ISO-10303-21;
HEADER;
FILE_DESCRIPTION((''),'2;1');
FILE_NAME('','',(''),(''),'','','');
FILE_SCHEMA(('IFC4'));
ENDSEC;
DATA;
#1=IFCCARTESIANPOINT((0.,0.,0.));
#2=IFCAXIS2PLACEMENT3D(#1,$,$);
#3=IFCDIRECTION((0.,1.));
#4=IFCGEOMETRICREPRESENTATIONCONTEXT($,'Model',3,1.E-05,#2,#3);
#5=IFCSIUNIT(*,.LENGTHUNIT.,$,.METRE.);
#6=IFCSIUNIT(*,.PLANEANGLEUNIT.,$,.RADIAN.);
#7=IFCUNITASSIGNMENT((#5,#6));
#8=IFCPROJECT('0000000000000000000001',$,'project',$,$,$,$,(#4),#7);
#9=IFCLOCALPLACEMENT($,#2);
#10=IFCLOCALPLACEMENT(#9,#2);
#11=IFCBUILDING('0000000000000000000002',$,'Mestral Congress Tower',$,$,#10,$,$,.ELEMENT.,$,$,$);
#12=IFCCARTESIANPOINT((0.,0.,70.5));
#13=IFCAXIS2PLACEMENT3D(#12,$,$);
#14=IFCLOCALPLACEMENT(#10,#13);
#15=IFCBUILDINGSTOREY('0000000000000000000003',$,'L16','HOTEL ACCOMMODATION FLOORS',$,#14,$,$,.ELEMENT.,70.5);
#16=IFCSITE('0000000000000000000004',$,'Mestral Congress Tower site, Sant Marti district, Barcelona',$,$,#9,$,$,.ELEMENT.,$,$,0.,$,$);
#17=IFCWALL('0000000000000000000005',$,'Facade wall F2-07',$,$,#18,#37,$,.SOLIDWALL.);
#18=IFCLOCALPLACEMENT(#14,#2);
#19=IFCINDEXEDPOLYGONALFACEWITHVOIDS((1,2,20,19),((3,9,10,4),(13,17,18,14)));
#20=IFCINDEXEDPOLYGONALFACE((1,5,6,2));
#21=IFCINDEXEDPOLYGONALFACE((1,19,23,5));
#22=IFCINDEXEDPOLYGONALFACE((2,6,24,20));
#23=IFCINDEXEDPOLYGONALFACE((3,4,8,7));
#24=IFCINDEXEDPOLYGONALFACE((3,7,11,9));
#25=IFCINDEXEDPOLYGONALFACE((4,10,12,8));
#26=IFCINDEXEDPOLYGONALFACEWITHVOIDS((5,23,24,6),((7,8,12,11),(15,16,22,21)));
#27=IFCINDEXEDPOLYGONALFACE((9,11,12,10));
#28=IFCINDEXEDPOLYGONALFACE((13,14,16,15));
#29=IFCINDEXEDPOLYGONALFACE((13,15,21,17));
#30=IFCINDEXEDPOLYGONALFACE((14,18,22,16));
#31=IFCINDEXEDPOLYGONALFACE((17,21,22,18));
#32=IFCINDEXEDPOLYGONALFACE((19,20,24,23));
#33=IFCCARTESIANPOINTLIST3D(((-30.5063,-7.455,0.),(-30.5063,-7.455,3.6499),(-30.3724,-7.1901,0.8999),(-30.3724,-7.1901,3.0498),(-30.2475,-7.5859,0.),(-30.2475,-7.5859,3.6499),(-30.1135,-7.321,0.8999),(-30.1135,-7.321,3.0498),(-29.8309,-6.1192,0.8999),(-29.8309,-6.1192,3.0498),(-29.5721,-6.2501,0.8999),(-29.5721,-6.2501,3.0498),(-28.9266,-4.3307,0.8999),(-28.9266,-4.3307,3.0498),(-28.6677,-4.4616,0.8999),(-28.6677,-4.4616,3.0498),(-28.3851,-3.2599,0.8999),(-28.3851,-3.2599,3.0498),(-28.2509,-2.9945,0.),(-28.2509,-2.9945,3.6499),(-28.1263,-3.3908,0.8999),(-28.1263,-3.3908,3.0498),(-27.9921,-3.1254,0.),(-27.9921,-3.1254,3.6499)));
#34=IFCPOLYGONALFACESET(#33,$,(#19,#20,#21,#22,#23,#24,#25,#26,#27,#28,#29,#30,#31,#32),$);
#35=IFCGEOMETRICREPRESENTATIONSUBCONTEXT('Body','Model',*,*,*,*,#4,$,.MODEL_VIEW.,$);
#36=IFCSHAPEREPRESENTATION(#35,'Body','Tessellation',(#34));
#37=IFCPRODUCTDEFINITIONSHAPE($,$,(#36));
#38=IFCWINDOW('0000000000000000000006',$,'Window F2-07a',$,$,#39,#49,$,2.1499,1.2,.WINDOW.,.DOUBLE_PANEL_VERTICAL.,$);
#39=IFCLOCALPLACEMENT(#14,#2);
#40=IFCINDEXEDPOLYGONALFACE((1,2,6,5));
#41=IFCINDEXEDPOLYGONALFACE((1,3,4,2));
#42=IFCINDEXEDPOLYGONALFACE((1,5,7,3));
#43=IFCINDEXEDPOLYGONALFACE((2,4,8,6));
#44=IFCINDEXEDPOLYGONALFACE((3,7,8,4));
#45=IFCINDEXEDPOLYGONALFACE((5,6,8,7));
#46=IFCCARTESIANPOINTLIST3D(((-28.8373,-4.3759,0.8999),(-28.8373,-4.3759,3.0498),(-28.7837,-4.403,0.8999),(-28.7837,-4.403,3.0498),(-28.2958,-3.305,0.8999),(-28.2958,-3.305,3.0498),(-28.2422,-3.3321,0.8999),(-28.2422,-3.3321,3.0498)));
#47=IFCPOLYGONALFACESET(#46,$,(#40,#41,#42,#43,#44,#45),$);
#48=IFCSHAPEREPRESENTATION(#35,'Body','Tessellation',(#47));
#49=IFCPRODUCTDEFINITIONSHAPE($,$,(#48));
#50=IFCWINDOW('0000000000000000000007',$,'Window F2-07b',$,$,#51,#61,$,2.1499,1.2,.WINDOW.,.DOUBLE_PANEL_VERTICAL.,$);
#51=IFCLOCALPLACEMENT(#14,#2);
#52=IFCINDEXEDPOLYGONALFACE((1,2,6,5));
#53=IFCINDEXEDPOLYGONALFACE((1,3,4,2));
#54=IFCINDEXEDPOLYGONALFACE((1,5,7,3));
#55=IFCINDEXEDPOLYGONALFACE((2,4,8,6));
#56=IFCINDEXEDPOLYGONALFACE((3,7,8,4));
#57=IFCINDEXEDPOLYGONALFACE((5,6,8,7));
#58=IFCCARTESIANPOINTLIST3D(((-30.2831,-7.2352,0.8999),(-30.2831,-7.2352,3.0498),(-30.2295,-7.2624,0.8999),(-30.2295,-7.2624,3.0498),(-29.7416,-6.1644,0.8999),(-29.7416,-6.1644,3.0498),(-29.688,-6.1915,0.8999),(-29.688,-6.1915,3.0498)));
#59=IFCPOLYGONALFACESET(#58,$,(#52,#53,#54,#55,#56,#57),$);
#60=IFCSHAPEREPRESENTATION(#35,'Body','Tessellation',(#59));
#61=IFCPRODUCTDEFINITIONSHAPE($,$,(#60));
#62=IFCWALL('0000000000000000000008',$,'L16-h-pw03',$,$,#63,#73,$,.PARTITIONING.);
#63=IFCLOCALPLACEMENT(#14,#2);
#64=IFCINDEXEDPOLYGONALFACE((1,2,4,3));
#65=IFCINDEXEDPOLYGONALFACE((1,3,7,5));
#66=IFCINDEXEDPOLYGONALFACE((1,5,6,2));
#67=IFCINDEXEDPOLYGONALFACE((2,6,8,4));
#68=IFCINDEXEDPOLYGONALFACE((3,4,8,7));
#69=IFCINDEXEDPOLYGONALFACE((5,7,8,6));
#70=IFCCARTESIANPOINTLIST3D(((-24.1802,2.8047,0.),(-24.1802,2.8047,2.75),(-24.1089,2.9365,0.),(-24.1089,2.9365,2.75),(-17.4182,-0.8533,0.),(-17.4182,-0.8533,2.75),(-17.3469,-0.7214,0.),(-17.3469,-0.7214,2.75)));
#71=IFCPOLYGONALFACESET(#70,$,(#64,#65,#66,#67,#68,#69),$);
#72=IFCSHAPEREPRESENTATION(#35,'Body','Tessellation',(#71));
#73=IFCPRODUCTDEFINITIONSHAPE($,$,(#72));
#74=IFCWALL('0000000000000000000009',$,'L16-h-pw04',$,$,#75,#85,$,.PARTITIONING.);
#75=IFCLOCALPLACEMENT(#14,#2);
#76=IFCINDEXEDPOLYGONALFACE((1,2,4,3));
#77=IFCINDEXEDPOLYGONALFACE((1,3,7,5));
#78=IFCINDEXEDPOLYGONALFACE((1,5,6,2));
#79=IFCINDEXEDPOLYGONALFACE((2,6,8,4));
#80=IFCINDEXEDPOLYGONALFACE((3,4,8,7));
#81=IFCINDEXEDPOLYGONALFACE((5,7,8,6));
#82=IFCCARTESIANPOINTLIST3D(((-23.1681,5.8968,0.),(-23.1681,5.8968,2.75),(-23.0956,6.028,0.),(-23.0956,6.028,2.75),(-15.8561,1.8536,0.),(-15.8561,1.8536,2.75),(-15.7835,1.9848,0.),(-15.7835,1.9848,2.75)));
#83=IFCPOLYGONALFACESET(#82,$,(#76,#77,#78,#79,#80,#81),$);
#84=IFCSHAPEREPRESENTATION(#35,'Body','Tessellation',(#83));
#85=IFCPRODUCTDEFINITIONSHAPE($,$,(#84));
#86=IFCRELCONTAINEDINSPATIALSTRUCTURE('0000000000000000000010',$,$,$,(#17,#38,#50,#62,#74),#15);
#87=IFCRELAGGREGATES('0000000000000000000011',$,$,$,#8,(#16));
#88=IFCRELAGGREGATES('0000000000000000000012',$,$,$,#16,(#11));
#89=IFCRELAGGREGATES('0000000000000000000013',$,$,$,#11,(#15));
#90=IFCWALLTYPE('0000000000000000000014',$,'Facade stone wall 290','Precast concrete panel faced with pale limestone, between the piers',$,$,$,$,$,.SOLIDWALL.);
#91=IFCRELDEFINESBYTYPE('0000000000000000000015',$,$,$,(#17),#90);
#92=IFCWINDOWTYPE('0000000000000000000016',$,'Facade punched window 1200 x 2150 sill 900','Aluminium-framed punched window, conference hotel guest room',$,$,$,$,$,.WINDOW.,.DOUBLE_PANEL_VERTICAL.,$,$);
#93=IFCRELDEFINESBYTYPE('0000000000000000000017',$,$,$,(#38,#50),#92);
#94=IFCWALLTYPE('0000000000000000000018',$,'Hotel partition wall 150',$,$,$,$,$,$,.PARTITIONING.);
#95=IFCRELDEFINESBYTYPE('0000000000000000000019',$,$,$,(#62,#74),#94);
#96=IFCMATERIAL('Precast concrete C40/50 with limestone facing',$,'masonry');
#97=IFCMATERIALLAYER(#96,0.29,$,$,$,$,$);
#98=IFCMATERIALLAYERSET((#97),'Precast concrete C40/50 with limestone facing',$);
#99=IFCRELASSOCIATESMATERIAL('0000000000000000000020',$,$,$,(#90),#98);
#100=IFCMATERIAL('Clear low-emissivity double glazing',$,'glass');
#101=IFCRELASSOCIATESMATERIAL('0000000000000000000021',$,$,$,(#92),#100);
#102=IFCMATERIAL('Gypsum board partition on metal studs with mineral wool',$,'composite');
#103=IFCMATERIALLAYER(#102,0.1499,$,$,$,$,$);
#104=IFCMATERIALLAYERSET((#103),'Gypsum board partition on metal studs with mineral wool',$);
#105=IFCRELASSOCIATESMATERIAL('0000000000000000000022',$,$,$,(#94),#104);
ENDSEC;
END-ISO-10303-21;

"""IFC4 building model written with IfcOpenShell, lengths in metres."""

from ifc_helpers import new_model, si_unit, direction, frame, frame_2d, origin, place, context, subcontext, project, spatial, rectangle, extrude, material, layer, layer_set, type_object, element, fill, save


model = new_model("IFC4")

# Units and contexts
model_context = context("Model", 3, precision=1e-05, world=origin(), true_north=direction((0.0, 1.0)))
body_context = subcontext(model_context, "Body", "Model", "MODEL_VIEW")
ifc_project = project(units=[si_unit("LENGTHUNIT", "METRE"), si_unit("PLANEANGLEUNIT", "RADIAN")], contexts=[model_context])

# Site, building, storey
site_placement = place(None, origin())
site = spatial("IfcSite", under=ifc_project, at=site_placement, Name="Mestral Congress Tower site, Sant Marti district, Barcelona", CompositionType="ELEMENT", RefElevation=0.0)
building_placement = place(site_placement, origin())
building = spatial("IfcBuilding", under=site, at=building_placement, Name="Mestral Congress Tower", CompositionType="ELEMENT")
storey_placement = place(building_placement, frame((0.0, 0.0, 70.5)))
storey = spatial("IfcBuildingStorey", under=building, at=storey_placement, Name="L16", Description="HOTEL ACCOMMODATION FLOORS", CompositionType="ELEMENT", Elevation=70.5)

# Wall, openings, windows
ifc_material_1 = material(Name="Precast concrete C40/50 with limestone facing", Category="masonry")
ifc_layer_1 = layer(ifc_material_1, 0.29)
ifc_layer_set_1 = layer_set([ifc_layer_1], Name="Precast concrete C40/50 with limestone facing")
wall_type_1 = type_object("IfcWallType", Name="Facade stone wall 290", Description="Precast concrete panel faced with pale limestone, between the piers", PredefinedType="SOLIDWALL", material=ifc_layer_set_1)
ifc_material_2 = material(Name="Clear low-emissivity double glazing", Category="glass")
window_type = type_object("IfcWindowType", Name="Facade punched window 1200 x 2150 sill 900", Description="Aluminium-framed punched window, conference hotel guest room", PartitioningType="DOUBLE_PANEL_VERTICAL", PredefinedType="WINDOW", material=ifc_material_2)
wall_1_placement = place(storey_placement, frame((-28.1216, -3.0601, 0.0), z_axis=(0.0, 0.0, 1.0), x_axis=(-0.451234, -0.892406, 0.0)))
wall_1 = element("IfcWall", 1, at=wall_1_placement, inside=storey, type_object=wall_type_1, Name="Facade wall F2-07", PredefinedType="SOLIDWALL", context=body_context, shape_type="SweptSolid", body=[
    extrude(rectangle(XDim=4.9983, YDim=0.29, at=frame_2d((2.499, 0.0))), origin(), (0.0, 0.0, 1.0), 3.6499),
])
opening_1_placement = place(wall_1_placement, frame((0.2971, 0.0, 0.8999)))
opening_1 = element("IfcOpeningElement", 2, at=opening_1_placement, cuts=wall_1, PredefinedType="OPENING", context=body_context, shape_type="SweptSolid", body=[
    extrude(rectangle(XDim=1.2, YDim=2.1499, at=frame_2d((0.6001, 1.075))), frame((0.0, 0.155, 0.0), z_axis=(0.0, -1.0, 0.0), x_axis=(1.0, 0.0, 0.0)), (0.0, 0.0, 1.0), 0.3101),
])
opening_2_placement = place(wall_1_placement, frame((3.5012, 0.0, 0.8999)))
opening_2 = element("IfcOpeningElement", 3, at=opening_2_placement, cuts=wall_1, PredefinedType="OPENING", context=body_context, shape_type="SweptSolid", body=[
    extrude(rectangle(XDim=1.2, YDim=2.1499, at=frame_2d((0.6001, 1.075))), frame((0.0, 0.155, 0.0), z_axis=(0.0, -1.0, 0.0), x_axis=(1.0, 0.0, 0.0)), (0.0, 0.0, 1.0), 0.3101),
])
window_1_placement = place(opening_1_placement, origin())
window_1 = element("IfcWindow", 4, at=window_1_placement, inside=storey, type_object=window_type, Name="Window F2-07a", OverallHeight=2.1499, OverallWidth=1.2, PartitioningType="DOUBLE_PANEL_VERTICAL", PredefinedType="WINDOW", context=body_context, shape_type="SweptSolid", body=[
    extrude(rectangle(XDim=1.2, YDim=2.1499, at=frame_2d((0.6001, 1.075))), frame((0.0, 0.0151, 0.0), z_axis=(0.0, -1.0, 0.0), x_axis=(1.0, 0.0, 0.0)), (0.0, 0.0, 1.0), 0.0601),
])
fill(opening_1, window_1)
window_2_placement = place(opening_2_placement, origin())
window_2 = element("IfcWindow", 5, at=window_2_placement, inside=storey, type_object=window_type, Name="Window F2-07b", OverallHeight=2.1499, OverallWidth=1.2, PartitioningType="DOUBLE_PANEL_VERTICAL", PredefinedType="WINDOW", context=body_context, shape_type="SweptSolid", body=[
    extrude(rectangle(XDim=1.2, YDim=2.1499, at=frame_2d((0.6001, 1.075))), frame((0.0, 0.0151, 0.0), z_axis=(0.0, -1.0, 0.0), x_axis=(1.0, 0.0, 0.0)), (0.0, 0.0, 1.0), 0.0601),
])
fill(opening_2, window_2)

# Walls
ifc_material_3 = material(Name="Gypsum board partition on metal studs with mineral wool", Category="composite")
ifc_layer_2 = layer(ifc_material_3, 0.1499)
ifc_layer_set_2 = layer_set([ifc_layer_2], Name="Gypsum board partition on metal studs with mineral wool")
wall_type_2 = type_object("IfcWallType", Name="Hotel partition wall 150", PredefinedType="PARTITIONING", material=ifc_layer_set_2)
wall_2_placement = place(storey_placement, frame((-24.1445, 2.8706, 0.0), z_axis=(0.0, 0.0, 1.0), x_axis=(0.879552, -0.475803, 0.0)))
element("IfcWall", 6, at=wall_2_placement, inside=storey, type_object=wall_type_2, Name="L16-h-pw03", PredefinedType="PARTITIONING", context=body_context, shape_type="SweptSolid", body=[
    extrude(rectangle(XDim=7.688, YDim=0.1499, at=frame_2d((3.844, 0.0))), origin(), (0.0, 0.0, 1.0), 2.75),
])
wall_3_placement = place(storey_placement, frame((-23.1318, 5.9624, 0.0), z_axis=(0.0, 0.0, 1.0), x_axis=(0.875122, -0.483903, 0.0)))
element("IfcWall", 7, at=wall_3_placement, inside=storey, type_object=wall_type_2, Name="L16-h-pw04", PredefinedType="PARTITIONING", context=body_context, shape_type="SweptSolid", body=[
    extrude(rectangle(XDim=8.3555, YDim=0.1499, at=frame_2d((4.1777, 0.0))), origin(), (0.0, 0.0, 1.0), 2.75),
])

save(model, "model.ifc")
